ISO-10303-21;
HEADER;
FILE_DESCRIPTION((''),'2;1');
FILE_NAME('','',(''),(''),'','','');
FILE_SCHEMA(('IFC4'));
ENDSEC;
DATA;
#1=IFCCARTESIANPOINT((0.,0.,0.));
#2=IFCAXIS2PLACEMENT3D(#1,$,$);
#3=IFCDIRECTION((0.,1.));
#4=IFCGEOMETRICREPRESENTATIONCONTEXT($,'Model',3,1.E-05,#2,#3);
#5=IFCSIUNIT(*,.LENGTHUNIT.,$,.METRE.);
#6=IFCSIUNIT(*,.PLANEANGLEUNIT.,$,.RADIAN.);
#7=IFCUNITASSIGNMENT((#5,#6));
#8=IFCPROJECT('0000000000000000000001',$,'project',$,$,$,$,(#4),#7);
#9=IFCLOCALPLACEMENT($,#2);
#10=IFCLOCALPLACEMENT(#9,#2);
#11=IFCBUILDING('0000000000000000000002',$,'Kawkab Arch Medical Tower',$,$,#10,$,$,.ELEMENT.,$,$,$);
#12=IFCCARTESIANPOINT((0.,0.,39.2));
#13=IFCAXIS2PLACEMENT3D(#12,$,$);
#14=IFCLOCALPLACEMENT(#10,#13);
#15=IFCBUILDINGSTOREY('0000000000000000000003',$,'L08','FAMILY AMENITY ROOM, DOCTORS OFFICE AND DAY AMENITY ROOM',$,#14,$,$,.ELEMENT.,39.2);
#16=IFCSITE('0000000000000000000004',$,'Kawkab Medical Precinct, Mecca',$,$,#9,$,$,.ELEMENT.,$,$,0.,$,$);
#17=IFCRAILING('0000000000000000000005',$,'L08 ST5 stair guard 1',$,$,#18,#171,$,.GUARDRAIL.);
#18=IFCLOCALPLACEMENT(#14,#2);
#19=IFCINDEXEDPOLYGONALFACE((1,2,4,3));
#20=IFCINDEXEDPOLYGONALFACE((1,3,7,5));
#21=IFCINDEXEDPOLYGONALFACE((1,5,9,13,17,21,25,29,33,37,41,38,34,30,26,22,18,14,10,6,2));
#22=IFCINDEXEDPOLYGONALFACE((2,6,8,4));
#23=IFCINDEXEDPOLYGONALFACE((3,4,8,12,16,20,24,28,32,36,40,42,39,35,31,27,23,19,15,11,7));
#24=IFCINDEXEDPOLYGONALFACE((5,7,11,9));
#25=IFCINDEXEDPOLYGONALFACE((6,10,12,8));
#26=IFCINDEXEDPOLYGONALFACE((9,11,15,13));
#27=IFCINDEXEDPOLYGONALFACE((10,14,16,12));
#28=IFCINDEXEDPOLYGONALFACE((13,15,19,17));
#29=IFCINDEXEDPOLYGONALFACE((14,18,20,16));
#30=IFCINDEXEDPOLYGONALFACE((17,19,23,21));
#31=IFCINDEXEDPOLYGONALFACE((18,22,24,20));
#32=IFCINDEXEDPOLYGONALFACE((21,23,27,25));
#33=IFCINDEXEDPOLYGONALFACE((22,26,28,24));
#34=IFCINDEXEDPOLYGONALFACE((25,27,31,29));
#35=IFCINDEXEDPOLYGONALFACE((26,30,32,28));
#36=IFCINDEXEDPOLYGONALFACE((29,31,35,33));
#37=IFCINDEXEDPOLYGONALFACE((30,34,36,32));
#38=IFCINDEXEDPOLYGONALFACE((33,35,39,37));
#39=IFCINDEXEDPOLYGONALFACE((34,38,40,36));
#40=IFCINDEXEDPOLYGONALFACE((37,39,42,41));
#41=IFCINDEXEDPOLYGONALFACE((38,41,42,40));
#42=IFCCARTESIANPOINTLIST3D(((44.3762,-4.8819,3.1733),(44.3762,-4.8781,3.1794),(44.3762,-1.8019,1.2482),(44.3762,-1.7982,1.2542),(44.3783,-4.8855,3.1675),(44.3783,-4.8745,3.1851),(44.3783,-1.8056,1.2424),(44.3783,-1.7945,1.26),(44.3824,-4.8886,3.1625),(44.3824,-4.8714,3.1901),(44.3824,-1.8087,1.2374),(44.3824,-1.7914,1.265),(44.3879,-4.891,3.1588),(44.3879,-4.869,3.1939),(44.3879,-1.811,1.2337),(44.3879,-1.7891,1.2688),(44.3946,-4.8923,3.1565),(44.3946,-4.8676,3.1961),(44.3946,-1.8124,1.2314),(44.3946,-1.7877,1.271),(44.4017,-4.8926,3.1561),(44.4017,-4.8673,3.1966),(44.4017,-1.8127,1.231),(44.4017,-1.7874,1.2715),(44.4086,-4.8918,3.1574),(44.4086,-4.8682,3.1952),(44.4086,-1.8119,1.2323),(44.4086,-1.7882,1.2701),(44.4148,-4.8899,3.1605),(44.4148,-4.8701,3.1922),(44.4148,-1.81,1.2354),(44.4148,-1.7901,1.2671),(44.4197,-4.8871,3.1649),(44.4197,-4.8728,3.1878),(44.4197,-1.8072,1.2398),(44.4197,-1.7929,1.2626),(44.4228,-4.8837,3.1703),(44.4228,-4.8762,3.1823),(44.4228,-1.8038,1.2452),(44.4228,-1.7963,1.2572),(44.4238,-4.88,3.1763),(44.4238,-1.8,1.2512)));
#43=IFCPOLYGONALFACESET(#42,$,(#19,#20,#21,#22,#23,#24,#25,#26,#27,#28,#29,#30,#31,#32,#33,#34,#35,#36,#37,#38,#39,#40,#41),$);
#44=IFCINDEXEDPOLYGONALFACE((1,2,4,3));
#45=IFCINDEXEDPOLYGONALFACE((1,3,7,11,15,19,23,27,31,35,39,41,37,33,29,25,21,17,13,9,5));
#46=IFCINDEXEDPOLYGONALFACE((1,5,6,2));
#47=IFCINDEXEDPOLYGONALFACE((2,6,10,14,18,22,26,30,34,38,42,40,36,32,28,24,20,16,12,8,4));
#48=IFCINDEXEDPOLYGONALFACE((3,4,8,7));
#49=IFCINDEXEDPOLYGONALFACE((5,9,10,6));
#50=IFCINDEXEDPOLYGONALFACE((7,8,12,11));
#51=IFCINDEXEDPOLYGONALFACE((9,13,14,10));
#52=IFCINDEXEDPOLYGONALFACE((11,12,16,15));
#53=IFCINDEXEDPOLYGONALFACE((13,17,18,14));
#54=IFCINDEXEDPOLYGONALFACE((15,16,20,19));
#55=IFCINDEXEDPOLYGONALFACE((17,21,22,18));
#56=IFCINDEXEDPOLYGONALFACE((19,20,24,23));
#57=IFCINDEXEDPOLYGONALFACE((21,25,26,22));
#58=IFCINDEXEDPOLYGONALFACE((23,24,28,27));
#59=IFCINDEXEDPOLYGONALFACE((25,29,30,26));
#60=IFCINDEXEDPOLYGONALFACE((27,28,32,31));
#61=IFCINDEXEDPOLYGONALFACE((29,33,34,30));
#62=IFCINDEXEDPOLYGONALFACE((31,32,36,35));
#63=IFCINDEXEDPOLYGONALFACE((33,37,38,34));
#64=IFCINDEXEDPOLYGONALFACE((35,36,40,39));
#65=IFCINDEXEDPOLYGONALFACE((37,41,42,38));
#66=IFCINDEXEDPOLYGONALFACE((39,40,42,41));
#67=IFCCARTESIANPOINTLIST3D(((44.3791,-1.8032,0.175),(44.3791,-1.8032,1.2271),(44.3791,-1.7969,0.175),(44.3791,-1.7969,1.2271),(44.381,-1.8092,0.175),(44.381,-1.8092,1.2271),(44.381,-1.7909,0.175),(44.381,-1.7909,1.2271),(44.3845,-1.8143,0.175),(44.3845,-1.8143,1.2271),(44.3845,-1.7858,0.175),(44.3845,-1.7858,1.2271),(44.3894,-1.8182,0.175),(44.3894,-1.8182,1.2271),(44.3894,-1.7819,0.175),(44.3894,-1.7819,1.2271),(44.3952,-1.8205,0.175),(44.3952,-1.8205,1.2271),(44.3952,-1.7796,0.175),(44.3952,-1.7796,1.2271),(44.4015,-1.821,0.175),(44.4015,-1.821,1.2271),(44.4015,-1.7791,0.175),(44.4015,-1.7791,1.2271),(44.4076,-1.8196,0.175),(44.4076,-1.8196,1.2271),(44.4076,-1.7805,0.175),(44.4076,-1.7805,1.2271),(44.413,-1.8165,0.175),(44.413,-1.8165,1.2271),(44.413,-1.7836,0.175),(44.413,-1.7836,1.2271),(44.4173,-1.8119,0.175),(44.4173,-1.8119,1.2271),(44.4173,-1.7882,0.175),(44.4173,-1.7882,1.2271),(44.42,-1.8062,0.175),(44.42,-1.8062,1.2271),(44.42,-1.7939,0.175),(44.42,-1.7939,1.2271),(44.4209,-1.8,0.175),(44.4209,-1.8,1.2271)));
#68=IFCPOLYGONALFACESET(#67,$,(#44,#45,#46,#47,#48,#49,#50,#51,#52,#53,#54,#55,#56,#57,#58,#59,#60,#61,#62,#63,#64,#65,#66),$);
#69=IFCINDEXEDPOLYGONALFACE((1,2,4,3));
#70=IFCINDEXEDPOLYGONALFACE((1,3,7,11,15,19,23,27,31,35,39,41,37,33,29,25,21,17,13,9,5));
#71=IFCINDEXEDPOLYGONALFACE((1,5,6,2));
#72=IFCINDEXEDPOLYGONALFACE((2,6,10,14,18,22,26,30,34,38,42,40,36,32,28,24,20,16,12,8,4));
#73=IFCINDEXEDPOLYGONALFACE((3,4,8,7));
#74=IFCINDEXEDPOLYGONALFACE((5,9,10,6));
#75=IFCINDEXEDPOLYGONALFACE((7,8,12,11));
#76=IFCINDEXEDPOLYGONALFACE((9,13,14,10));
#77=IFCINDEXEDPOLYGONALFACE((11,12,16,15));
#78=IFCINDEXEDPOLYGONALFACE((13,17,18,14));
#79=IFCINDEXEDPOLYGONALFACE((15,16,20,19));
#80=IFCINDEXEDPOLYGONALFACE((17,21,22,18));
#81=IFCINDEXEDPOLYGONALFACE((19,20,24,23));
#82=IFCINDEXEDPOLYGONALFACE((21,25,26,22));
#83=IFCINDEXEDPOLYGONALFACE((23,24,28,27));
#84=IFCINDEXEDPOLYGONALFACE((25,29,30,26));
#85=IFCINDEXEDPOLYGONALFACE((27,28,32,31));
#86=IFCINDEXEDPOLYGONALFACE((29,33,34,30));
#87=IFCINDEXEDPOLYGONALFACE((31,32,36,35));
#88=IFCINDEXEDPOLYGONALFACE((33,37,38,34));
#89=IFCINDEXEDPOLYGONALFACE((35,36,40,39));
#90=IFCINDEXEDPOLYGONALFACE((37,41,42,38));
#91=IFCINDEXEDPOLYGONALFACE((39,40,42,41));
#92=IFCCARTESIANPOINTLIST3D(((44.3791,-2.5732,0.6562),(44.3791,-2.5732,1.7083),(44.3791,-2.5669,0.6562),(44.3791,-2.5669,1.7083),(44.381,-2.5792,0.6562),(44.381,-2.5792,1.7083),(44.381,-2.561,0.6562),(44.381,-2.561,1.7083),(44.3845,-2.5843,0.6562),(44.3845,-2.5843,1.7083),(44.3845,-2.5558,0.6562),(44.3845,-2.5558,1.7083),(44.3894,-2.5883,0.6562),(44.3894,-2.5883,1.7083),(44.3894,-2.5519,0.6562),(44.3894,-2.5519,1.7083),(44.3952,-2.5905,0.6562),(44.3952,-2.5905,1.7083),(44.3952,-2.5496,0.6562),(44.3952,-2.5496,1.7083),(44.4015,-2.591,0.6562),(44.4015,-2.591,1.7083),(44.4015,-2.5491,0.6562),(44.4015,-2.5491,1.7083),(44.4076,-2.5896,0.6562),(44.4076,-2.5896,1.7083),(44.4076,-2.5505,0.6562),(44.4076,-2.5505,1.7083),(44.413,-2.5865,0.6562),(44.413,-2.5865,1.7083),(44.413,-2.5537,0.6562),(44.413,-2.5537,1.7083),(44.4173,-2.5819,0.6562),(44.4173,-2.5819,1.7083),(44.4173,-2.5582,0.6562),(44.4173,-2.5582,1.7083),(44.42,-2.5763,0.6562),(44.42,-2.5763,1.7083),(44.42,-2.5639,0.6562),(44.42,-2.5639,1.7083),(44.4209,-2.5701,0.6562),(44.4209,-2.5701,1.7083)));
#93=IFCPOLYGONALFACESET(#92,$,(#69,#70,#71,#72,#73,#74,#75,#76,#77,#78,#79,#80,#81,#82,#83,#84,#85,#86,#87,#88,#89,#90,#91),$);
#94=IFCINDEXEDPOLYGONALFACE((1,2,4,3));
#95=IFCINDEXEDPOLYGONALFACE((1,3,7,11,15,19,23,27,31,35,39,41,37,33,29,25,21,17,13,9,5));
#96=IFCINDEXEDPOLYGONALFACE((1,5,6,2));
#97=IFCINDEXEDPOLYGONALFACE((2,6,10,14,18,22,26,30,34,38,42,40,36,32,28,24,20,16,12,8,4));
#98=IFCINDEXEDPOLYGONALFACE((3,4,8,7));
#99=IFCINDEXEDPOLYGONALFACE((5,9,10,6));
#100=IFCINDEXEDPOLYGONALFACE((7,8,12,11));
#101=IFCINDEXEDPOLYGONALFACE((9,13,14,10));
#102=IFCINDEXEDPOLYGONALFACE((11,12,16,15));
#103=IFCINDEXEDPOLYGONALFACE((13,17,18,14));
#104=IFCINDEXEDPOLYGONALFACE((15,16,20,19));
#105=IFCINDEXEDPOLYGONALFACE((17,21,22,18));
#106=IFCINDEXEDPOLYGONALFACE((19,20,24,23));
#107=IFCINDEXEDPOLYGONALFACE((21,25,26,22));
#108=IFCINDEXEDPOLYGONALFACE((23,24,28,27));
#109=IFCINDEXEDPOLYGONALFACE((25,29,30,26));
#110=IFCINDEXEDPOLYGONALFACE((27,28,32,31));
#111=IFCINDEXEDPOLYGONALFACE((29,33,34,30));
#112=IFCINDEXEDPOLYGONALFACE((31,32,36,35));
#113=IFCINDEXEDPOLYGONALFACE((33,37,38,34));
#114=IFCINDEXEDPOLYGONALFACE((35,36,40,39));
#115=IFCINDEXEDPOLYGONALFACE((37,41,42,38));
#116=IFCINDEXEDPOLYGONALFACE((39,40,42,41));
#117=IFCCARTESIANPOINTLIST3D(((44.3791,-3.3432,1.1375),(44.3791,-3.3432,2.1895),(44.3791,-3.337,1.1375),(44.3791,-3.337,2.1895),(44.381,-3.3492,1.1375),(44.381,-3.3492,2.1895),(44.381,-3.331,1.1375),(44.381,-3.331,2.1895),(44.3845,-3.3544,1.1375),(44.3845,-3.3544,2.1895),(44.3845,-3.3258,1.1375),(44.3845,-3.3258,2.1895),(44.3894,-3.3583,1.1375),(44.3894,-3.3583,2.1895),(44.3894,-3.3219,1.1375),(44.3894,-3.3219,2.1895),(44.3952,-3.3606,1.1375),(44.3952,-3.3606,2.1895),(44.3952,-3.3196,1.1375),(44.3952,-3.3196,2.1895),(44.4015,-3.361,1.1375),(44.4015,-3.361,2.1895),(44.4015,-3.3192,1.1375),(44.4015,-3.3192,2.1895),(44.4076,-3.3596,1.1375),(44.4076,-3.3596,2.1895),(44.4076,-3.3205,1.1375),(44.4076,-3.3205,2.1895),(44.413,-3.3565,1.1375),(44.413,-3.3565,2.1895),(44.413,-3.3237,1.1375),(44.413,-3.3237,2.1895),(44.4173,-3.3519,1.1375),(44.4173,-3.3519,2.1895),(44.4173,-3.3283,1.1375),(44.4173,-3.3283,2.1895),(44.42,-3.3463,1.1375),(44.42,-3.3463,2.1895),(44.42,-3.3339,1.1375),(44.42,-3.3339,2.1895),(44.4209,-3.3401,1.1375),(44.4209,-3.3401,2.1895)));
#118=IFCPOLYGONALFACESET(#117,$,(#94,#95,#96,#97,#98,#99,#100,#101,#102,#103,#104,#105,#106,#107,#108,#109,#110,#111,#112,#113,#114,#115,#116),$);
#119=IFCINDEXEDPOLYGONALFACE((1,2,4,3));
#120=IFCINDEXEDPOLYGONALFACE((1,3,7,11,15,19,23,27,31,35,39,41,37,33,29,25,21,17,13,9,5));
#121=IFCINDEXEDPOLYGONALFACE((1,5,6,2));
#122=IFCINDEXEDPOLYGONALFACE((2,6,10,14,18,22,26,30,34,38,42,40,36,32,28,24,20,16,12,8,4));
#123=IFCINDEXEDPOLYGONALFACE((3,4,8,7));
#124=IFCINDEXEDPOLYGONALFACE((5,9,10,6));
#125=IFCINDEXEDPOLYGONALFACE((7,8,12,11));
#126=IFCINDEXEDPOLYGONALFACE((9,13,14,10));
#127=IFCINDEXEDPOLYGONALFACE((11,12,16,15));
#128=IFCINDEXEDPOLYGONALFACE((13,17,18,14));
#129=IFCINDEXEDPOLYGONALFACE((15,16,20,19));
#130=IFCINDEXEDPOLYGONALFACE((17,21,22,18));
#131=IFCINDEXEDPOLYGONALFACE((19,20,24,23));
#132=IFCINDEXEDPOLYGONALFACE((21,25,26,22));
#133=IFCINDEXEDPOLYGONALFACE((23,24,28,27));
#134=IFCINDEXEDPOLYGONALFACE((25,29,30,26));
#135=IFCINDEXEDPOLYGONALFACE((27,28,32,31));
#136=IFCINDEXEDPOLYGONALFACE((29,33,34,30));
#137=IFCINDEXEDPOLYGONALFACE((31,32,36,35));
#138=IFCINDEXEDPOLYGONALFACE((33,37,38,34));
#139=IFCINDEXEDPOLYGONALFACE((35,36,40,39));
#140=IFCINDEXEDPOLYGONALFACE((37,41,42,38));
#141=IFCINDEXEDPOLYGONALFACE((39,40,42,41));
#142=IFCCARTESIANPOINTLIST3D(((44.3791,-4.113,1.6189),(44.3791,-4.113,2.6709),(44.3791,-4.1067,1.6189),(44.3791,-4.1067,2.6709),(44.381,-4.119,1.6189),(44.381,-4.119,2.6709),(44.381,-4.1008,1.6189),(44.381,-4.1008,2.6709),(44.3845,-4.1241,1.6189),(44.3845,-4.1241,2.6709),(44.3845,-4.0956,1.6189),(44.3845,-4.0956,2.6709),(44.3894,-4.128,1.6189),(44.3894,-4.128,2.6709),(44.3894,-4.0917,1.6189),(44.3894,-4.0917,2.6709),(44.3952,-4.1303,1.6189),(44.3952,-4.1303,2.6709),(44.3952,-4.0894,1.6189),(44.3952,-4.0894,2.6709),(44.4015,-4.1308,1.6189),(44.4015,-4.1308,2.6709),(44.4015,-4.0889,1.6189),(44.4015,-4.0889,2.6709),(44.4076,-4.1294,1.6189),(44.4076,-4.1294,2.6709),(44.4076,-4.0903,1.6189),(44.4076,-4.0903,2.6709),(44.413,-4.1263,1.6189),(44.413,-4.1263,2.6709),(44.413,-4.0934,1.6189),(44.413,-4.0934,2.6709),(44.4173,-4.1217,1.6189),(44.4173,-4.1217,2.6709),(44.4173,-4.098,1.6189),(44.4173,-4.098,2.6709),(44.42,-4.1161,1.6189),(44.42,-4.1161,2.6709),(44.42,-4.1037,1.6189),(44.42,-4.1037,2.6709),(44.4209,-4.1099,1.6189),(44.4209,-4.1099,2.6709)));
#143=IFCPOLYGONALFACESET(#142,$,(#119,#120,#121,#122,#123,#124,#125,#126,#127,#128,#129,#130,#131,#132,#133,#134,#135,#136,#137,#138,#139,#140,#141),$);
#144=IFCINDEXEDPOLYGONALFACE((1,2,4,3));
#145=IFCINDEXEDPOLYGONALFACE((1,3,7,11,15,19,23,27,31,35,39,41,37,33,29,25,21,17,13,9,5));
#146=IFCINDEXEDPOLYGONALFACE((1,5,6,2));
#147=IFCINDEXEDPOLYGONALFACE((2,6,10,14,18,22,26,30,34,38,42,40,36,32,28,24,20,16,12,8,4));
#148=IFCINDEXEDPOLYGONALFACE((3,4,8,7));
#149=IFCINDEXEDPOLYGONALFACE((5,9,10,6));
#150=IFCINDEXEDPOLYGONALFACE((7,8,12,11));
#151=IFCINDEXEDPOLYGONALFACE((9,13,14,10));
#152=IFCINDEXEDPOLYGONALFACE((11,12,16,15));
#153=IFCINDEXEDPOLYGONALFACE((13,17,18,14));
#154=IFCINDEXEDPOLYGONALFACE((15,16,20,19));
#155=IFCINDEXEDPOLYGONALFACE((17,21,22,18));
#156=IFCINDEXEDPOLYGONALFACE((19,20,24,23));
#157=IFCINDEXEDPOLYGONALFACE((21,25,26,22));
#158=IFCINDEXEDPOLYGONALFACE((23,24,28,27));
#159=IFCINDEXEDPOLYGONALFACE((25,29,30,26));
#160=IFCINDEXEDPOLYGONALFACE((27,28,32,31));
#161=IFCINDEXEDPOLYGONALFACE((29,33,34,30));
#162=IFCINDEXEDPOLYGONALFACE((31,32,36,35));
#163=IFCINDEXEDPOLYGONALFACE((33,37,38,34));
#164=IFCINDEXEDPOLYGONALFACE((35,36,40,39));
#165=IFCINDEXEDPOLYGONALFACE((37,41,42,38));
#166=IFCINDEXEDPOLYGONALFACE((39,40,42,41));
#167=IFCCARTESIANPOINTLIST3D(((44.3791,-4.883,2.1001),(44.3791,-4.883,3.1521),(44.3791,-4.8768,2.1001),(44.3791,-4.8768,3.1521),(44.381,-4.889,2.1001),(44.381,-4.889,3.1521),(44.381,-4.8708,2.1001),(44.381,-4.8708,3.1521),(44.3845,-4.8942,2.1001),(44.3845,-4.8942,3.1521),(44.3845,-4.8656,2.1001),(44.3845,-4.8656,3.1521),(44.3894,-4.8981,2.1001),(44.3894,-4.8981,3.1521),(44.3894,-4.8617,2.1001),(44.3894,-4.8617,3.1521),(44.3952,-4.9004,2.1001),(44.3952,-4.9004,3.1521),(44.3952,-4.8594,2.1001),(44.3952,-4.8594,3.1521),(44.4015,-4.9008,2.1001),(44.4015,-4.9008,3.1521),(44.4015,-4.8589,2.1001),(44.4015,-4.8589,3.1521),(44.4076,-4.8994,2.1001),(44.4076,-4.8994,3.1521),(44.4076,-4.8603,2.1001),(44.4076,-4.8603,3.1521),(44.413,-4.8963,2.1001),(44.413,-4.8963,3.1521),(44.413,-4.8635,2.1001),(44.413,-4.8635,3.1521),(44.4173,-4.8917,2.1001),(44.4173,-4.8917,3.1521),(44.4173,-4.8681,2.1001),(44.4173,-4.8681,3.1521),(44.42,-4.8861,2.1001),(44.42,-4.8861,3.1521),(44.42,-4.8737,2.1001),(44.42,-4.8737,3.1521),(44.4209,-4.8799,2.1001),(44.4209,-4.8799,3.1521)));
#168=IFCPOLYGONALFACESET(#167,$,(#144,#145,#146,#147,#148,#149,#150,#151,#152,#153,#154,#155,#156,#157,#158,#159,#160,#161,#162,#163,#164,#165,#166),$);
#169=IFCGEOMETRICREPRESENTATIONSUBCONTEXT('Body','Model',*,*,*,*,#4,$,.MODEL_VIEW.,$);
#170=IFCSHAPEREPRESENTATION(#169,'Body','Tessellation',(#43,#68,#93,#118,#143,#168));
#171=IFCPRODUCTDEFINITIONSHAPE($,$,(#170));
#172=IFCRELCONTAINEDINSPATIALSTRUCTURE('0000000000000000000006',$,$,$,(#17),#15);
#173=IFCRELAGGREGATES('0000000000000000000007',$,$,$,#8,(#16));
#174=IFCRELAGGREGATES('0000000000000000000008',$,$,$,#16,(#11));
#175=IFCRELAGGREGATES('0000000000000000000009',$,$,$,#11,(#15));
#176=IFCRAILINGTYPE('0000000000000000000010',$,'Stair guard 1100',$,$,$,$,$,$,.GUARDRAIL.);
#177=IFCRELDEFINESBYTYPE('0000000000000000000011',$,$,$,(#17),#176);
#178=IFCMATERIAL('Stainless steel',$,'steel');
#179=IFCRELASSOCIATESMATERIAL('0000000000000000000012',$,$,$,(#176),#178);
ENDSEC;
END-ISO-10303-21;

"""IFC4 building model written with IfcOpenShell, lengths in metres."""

from ifc_helpers import new_model, si_unit, direction, frame, origin, origin_2d, place, context, subcontext, project, spatial, circle, extrude, material, type_object, element, save


model = new_model("IFC4")

# Units and contexts
model_context = context("Model", 3, precision=1e-05, world=origin(), true_north=direction((0.0, 1.0)))
body_context = subcontext(model_context, "Body", "Model", "MODEL_VIEW")
ifc_project = project(units=[si_unit("LENGTHUNIT", "METRE"), si_unit("PLANEANGLEUNIT", "RADIAN")], contexts=[model_context])

# Site, building, storey
site_placement = place(None, origin())
site = spatial("IfcSite", under=ifc_project, at=site_placement, Name="Kawkab Medical Precinct, Mecca", CompositionType="ELEMENT", RefElevation=0.0)
building_placement = place(site_placement, origin())
building = spatial("IfcBuilding", under=site, at=building_placement, Name="Kawkab Arch Medical Tower", CompositionType="ELEMENT")
storey_placement = place(building_placement, frame((0.0, 0.0, 39.2)))
storey = spatial("IfcBuildingStorey", under=building, at=storey_placement, Name="L08", Description="FAMILY AMENITY ROOM, DOCTORS OFFICE AND DAY AMENITY ROOM", CompositionType="ELEMENT", Elevation=39.2)

# Railing
ifc_material_1 = material(Name="Stainless steel", Category="steel")
railing_type = type_object("IfcRailingType", Name="Stair guard 1100", PredefinedType="GUARDRAIL", material=ifc_material_1)
railing_1_placement = place(storey_placement, frame((44.3999, -1.8, 0.175)))
element("IfcRailing", 1, at=railing_1_placement, inside=storey, type_object=railing_type, Name="L08 ST5 stair guard 1", PredefinedType="GUARDRAIL", context=body_context, shape_type="SweptSolid", body=[
    extrude(circle(Radius=0.0239, at=origin_2d()), frame((0.0, 0.0, 1.0762), z_axis=(0.0, -0.847979, 0.530029), x_axis=(1.0, 0.0, 0.0)), (0.0, 0.0, 1.0), 3.6321),
    extrude(circle(Radius=0.021, at=origin_2d()), origin(), (0.0, 0.0, 1.0), 1.052),
    extrude(circle(Radius=0.021, at=origin_2d()), frame((0.0, -0.77, 0.4812)), (0.0, 0.0, 1.0), 1.052),
    extrude(circle(Radius=0.021, at=origin_2d()), frame((0.0, -1.54, 0.9624)), (0.0, 0.0, 1.0), 1.052),
    extrude(circle(Radius=0.021, at=origin_2d()), frame((0.0, -2.3098, 1.4438)), (0.0, 0.0, 1.0), 1.052),
    extrude(circle(Radius=0.021, at=origin_2d()), frame((0.0, -3.0798, 1.925)), (0.0, 0.0, 1.0), 1.052),
])

save(model, "model.ifc")
